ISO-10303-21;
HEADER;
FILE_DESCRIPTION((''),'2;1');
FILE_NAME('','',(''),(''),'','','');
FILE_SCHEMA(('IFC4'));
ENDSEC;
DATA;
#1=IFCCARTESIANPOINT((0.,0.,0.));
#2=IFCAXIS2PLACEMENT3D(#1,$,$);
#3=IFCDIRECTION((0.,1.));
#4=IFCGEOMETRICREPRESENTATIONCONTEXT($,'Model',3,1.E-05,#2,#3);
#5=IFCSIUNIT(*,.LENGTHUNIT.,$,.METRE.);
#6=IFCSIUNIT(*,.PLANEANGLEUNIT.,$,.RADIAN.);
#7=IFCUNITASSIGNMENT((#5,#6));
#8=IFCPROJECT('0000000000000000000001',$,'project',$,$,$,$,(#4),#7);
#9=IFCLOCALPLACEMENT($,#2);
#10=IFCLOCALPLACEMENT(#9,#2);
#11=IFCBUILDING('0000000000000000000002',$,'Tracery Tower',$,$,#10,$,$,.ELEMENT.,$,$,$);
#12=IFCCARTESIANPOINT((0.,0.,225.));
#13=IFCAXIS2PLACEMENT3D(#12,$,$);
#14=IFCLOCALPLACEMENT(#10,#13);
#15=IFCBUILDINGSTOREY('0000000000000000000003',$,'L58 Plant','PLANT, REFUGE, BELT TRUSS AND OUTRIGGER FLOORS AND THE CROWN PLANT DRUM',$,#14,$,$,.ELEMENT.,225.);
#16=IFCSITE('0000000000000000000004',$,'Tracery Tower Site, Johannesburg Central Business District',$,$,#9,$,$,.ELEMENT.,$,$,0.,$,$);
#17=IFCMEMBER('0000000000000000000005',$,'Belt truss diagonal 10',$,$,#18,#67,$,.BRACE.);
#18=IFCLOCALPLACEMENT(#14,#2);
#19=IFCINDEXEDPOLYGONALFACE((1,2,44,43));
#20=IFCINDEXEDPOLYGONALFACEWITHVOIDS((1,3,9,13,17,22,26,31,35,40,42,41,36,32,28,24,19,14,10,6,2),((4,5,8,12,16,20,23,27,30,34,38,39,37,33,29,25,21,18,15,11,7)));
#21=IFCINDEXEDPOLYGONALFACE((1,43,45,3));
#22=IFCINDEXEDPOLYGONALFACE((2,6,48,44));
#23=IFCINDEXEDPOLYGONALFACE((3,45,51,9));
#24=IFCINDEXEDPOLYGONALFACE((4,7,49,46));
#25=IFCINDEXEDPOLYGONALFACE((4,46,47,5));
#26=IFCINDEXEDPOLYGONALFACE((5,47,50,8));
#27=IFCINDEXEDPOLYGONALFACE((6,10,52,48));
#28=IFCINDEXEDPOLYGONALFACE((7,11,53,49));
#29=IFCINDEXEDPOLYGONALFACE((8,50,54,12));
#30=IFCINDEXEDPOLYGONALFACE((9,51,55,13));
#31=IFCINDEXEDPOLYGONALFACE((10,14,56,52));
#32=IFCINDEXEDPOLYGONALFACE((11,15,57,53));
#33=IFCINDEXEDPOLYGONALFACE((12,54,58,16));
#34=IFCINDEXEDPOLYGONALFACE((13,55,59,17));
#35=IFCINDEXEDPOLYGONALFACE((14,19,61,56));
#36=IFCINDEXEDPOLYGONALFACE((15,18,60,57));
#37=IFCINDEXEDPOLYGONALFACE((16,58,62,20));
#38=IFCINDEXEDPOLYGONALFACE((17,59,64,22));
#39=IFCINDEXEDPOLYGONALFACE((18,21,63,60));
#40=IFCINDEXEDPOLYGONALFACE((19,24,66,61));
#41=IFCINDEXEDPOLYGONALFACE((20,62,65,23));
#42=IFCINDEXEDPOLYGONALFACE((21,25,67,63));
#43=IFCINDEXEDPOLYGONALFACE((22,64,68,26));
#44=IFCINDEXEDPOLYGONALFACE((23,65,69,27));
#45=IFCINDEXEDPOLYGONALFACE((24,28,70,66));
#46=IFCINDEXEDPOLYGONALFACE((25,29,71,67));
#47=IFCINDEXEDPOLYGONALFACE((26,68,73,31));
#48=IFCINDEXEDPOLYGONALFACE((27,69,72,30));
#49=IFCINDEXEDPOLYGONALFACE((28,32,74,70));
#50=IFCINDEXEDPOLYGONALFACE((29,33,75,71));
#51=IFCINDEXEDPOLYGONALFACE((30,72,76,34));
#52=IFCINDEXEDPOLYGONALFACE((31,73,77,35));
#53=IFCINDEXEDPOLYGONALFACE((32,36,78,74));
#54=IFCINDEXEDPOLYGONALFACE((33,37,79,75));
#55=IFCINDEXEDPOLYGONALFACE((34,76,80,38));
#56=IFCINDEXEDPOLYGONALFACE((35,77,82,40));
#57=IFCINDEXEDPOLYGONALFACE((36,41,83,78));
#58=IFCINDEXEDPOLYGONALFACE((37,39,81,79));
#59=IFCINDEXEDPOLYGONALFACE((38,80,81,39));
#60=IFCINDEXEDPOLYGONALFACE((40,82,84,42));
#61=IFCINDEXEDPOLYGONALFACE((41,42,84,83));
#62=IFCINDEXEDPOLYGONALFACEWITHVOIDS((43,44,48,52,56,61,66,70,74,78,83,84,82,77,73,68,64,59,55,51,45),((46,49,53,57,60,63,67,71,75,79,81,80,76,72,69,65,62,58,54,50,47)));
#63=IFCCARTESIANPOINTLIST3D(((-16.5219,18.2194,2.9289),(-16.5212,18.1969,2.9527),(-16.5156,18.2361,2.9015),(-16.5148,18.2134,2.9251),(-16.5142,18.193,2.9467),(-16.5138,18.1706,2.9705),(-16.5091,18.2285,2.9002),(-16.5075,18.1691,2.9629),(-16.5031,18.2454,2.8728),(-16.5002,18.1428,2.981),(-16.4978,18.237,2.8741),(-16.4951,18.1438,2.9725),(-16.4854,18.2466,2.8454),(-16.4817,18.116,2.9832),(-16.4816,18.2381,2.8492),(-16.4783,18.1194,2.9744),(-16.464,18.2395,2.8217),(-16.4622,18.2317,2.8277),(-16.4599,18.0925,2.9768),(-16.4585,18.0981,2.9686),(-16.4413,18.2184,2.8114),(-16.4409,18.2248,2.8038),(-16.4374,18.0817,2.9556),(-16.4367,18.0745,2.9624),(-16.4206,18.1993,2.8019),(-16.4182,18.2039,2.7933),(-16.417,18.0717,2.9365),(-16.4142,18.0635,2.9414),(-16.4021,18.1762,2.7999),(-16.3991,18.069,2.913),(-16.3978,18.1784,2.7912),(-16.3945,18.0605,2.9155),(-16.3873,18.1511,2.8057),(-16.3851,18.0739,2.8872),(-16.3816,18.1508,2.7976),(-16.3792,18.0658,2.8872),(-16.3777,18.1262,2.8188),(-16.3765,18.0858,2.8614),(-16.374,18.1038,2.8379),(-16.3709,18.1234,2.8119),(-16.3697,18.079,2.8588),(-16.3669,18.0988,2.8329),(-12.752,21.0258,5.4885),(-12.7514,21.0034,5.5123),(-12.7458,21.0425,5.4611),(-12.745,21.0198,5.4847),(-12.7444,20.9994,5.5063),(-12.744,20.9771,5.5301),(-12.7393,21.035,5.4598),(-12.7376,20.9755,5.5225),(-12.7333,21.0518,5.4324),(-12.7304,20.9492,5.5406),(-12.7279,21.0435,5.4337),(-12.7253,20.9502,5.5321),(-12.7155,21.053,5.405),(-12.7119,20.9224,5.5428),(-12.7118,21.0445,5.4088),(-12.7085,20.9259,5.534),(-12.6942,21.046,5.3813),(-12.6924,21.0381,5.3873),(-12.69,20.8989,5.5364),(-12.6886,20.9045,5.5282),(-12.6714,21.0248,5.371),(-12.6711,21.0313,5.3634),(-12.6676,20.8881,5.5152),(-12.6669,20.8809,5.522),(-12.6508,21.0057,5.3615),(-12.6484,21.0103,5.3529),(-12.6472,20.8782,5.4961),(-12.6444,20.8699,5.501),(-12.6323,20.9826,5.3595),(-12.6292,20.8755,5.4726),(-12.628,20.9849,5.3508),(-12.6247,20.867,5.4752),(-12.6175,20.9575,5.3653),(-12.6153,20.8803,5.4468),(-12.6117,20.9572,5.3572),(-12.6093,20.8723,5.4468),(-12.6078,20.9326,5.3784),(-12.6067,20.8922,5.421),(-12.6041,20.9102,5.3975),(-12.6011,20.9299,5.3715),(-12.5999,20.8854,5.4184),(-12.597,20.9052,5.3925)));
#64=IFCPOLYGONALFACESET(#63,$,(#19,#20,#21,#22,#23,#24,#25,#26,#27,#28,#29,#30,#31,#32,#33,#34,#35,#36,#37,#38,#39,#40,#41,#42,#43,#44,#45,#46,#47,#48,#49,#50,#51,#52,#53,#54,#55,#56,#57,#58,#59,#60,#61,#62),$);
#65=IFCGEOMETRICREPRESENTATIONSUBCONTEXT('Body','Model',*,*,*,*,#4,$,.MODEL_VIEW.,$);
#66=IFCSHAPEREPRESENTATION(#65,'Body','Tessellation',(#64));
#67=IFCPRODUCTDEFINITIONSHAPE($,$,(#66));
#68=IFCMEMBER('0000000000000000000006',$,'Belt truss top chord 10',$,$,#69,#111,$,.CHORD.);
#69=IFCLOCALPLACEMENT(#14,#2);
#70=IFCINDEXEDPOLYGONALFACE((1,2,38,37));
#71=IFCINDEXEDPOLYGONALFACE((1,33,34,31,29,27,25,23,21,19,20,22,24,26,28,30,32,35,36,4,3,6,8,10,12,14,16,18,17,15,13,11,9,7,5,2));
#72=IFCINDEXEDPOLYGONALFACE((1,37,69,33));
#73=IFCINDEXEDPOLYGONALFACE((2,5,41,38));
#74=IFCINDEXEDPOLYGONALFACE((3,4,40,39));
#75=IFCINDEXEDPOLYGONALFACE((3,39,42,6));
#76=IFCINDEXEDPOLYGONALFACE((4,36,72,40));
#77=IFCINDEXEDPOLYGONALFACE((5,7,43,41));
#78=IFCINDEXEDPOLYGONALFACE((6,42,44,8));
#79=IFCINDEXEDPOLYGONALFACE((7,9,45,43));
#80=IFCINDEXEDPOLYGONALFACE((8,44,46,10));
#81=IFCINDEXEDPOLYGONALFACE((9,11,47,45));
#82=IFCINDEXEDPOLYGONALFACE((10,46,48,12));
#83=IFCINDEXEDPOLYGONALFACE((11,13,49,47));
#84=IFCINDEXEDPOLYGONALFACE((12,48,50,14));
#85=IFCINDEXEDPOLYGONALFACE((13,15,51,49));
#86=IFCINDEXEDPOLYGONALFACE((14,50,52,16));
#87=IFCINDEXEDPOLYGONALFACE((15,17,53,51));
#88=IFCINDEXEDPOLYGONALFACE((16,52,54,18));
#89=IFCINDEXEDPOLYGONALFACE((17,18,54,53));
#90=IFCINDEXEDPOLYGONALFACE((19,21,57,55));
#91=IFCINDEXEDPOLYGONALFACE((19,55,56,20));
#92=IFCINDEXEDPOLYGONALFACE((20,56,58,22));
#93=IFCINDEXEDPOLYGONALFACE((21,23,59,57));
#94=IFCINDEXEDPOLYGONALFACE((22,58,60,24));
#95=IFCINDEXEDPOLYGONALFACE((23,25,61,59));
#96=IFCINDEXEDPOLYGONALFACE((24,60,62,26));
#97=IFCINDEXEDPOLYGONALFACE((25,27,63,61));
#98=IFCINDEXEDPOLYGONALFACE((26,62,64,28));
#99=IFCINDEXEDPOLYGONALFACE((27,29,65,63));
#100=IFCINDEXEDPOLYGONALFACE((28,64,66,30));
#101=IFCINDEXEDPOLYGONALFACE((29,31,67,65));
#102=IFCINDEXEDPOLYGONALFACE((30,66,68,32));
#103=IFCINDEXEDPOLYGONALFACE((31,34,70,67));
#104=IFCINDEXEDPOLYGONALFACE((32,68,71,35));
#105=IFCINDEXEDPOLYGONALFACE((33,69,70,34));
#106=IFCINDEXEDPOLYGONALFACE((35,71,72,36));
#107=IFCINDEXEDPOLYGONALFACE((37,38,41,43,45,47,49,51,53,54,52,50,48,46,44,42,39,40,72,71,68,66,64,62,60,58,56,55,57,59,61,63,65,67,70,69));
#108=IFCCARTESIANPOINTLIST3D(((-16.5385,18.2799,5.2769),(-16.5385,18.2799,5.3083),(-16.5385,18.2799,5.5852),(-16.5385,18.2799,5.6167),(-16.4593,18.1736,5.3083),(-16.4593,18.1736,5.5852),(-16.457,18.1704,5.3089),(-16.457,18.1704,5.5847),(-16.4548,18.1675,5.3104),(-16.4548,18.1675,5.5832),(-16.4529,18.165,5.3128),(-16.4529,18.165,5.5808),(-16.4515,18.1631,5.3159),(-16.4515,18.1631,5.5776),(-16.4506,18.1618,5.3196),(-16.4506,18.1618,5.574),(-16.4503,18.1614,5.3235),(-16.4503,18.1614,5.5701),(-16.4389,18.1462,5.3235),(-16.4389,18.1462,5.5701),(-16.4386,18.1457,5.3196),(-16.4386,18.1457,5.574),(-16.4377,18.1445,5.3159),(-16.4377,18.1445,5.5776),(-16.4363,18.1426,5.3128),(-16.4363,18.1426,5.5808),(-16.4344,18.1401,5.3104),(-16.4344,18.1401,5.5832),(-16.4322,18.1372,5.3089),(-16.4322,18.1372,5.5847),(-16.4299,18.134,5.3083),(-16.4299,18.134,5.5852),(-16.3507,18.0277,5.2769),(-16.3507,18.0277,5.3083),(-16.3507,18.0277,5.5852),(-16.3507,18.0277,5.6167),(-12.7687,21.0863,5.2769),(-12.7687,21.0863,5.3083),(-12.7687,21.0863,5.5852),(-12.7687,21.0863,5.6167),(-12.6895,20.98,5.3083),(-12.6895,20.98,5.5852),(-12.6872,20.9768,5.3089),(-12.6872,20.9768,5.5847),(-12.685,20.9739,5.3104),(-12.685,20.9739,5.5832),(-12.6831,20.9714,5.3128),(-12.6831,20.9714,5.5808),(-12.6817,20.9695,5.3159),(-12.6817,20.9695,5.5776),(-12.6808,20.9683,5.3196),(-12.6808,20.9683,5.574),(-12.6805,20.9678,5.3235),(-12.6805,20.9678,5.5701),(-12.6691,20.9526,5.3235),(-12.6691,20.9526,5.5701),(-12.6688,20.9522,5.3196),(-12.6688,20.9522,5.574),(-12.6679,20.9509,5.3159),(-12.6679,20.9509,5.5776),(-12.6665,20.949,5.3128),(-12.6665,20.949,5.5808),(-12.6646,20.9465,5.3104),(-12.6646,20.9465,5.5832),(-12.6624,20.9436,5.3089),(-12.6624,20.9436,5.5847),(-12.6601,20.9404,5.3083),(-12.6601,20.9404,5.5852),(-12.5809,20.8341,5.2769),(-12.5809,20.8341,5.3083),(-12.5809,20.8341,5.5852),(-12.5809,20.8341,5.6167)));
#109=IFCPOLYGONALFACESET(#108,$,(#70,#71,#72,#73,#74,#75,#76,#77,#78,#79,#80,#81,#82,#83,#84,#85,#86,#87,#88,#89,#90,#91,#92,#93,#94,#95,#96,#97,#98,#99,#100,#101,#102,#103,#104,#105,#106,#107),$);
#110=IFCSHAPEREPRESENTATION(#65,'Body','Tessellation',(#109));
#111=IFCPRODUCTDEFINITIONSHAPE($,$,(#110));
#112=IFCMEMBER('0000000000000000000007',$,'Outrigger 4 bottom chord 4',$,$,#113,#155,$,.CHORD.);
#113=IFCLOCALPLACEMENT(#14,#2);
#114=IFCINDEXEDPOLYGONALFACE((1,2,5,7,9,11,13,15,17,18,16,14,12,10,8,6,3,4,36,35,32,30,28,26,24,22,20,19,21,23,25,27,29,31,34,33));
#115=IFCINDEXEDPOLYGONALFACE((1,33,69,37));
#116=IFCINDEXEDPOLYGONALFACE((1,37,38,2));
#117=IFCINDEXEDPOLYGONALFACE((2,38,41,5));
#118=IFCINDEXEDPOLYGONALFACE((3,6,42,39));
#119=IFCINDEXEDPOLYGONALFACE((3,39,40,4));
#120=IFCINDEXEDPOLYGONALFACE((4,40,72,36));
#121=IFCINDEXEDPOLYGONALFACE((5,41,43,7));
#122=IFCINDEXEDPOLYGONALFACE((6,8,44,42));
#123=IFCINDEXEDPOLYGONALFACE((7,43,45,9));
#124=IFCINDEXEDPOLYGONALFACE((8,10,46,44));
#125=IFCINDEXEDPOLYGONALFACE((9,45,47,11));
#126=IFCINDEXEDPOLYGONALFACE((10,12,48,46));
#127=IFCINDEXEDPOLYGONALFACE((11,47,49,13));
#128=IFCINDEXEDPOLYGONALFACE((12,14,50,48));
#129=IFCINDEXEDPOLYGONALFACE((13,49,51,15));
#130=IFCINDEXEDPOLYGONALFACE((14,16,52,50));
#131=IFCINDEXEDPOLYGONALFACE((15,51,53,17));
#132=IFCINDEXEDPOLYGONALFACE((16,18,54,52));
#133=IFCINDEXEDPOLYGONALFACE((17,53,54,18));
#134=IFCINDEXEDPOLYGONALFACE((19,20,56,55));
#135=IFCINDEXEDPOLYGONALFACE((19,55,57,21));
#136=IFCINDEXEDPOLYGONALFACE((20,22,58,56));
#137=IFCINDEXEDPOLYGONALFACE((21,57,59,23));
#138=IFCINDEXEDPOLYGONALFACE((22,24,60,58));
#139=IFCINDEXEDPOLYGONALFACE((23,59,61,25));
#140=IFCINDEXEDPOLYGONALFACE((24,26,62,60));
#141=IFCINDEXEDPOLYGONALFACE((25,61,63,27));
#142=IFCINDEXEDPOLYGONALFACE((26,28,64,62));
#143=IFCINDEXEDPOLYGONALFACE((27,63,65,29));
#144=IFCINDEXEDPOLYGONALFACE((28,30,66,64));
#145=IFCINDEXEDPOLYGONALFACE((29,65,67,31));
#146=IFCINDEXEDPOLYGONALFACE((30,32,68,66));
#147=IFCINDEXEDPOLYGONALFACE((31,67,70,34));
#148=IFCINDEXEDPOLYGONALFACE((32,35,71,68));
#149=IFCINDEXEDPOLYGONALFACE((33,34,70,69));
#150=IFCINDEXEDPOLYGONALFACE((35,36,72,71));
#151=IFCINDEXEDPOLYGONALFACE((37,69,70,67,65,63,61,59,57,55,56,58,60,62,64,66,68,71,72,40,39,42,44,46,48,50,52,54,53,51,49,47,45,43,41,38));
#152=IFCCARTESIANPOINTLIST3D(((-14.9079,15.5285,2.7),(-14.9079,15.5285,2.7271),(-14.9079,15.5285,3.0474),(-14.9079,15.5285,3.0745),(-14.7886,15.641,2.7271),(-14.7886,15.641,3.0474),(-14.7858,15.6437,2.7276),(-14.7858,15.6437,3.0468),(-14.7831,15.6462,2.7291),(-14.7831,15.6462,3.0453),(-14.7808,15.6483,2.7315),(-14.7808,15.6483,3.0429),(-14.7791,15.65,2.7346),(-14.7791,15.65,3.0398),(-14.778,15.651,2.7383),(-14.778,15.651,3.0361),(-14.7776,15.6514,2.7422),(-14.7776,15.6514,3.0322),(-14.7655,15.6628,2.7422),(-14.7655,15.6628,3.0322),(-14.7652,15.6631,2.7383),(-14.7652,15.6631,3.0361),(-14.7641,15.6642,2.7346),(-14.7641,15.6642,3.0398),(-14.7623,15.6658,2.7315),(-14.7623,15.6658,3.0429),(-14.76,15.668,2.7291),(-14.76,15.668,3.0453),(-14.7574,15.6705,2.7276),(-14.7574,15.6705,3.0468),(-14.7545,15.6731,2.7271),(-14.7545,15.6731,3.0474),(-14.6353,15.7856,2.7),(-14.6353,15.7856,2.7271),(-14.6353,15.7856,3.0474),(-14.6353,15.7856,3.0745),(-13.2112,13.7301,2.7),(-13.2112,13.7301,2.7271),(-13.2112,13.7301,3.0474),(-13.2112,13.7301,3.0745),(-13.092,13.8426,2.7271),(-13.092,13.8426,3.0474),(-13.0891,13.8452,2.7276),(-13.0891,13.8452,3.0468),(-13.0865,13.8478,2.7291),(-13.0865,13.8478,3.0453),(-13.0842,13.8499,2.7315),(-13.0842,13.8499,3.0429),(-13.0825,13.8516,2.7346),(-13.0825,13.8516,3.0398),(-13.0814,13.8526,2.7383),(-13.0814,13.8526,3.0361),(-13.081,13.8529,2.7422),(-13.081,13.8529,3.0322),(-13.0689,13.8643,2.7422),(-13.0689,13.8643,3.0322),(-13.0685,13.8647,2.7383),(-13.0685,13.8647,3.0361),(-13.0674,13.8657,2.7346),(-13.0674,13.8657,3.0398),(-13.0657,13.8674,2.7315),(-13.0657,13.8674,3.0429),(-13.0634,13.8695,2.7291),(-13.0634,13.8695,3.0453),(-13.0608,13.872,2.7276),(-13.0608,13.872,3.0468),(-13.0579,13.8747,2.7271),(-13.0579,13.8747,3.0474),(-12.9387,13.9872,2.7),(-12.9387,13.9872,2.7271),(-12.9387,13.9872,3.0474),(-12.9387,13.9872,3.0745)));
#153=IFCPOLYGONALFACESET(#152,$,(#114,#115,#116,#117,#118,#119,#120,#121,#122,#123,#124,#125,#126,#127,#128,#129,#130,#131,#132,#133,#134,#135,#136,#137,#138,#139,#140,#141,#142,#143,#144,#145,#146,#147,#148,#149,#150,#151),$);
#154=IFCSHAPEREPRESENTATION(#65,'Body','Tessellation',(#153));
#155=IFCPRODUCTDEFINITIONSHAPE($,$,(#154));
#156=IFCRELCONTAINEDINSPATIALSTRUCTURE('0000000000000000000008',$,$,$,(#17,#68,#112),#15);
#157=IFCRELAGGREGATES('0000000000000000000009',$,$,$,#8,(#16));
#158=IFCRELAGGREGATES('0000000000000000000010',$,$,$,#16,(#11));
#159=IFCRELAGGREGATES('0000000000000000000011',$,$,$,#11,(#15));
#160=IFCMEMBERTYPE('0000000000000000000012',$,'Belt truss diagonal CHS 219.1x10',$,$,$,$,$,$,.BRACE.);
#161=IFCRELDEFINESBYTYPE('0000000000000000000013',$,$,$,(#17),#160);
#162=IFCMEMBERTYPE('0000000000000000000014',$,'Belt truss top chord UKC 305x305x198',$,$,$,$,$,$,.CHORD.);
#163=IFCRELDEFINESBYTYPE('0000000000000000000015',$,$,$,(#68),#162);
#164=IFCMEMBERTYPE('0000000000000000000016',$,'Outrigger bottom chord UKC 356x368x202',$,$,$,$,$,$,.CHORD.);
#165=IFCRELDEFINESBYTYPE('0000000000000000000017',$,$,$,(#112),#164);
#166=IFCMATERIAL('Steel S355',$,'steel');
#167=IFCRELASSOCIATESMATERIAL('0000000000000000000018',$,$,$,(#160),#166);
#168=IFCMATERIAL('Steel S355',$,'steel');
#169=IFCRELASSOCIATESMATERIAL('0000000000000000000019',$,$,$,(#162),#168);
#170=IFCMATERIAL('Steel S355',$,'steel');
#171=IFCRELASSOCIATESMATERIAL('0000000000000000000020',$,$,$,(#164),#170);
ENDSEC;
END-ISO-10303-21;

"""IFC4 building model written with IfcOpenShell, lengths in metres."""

from ifc_helpers import new_model, si_unit, direction, frame, origin, origin_2d, place, context, subcontext, project, spatial, hollow_circle, i_section, extrude, material, material_profile, profile_set, type_object, element, save


model = new_model("IFC4")

# Units and contexts
model_context = context("Model", 3, precision=1e-05, world=origin(), true_north=direction((0.0, 1.0)))
body_context = subcontext(model_context, "Body", "Model", "MODEL_VIEW")
ifc_project = project(units=[si_unit("LENGTHUNIT", "METRE"), si_unit("PLANEANGLEUNIT", "RADIAN")], contexts=[model_context])

# Site, building, storey
site_placement = place(None, origin())
site = spatial("IfcSite", under=ifc_project, at=site_placement, Name="Tracery Tower Site, Johannesburg Central Business District", CompositionType="ELEMENT", RefElevation=0.0)
building_placement = place(site_placement, origin())
building = spatial("IfcBuilding", under=site, at=building_placement, Name="Tracery Tower", CompositionType="ELEMENT")
storey_placement = place(building_placement, frame((0.0, 0.0, 225.0)))
storey = spatial("IfcBuildingStorey", under=building, at=storey_placement, Name="L58 Plant", Description="PLANT, REFUGE, BELT TRUSS AND OUTRIGGER FLOORS AND THE CROWN PLANT DRUM", CompositionType="ELEMENT", Elevation=225.0)

# Members
ifc_material_1 = material(Name="Steel S355", Category="steel")
ifc_material_profile_1 = material_profile(ifc_material_1, hollow_circle(Radius=0.1096, WallThickness=0.01, at=origin_2d()), Name="CHS 219.1x10")
ifc_profile_set_1 = profile_set([ifc_material_profile_1], Name="Steel S355")
member_type_1 = type_object("IfcMemberType", Name="Belt truss diagonal CHS 219.1x10", PredefinedType="BRACE", material=ifc_profile_set_1)
member_1_placement = place(storey_placement, frame((-12.6748, 20.9602, 5.4468), z_axis=(-0.704434, -0.524414, -0.478291), x_axis=(0.597145, -0.802133, 0.0)))
element("IfcMember", 1, at=member_1_placement, inside=storey, type_object=member_type_1, Name="Belt truss diagonal 10", PredefinedType="BRACE", context=body_context, shape_type="SweptSolid", body=[
    extrude(hollow_circle(Radius=0.1096, WallThickness=0.01, at=origin_2d()), origin(), (0.0, 0.0, 1.0), 5.3516),
])
ifc_material_2 = material(Name="Steel S355", Category="steel")
ifc_material_profile_2 = material_profile(ifc_material_2, i_section(OverallWidth=0.3145, OverallDepth=0.3398, WebThickness=0.019, FlangeThickness=0.0315, FilletRadius=0.0151, at=origin_2d()), Name="UKC 305x305x198")
ifc_profile_set_2 = profile_set([ifc_material_profile_2], Name="Steel S355")
member_type_2 = type_object("IfcMemberType", Name="Belt truss top chord UKC 305x305x198", PredefinedType="CHORD", material=ifc_profile_set_2)
member_2_placement = place(storey_placement, frame((-12.6748, 20.9602, 5.4468), z_axis=(-0.802133, -0.597145, 0.0), x_axis=(0.597145, -0.802133, 0.0)))
element("IfcMember", 2, at=member_2_placement, inside=storey, type_object=member_type_2, Name="Belt truss top chord 10", PredefinedType="CHORD", context=body_context, shape_type="SweptSolid", body=[
    extrude(i_section(OverallWidth=0.3145, OverallDepth=0.3398, WebThickness=0.019, FlangeThickness=0.0315, FilletRadius=0.0151, at=origin_2d()), origin(), (0.0, 0.0, 1.0), 4.6997),
])
ifc_material_3 = material(Name="Steel S355", Category="steel")
ifc_material_profile_3 = material_profile(ifc_material_3, i_section(OverallWidth=0.3748, OverallDepth=0.3745, WebThickness=0.0166, FlangeThickness=0.0271, FilletRadius=0.0151, at=origin_2d()), Name="UKC 356x368x202")
ifc_profile_set_3 = profile_set([ifc_material_profile_3], Name="Steel S355")
member_type_3 = type_object("IfcMemberType", Name="Outrigger bottom chord UKC 356x368x202", PredefinedType="CHORD", material=ifc_profile_set_3)
member_3_placement = place(storey_placement, frame((-13.075, 13.8586, 2.8872), z_axis=(-0.686217, 0.727396, 0.0), x_axis=(-0.727396, -0.686217, 0.0)))
element("IfcMember", 3, at=member_3_placement, inside=storey, type_object=member_type_3, Name="Outrigger 4 bottom chord 4", PredefinedType="CHORD", context=body_context, shape_type="SweptSolid", body=[
    extrude(i_section(OverallWidth=0.3748, OverallDepth=0.3745, WebThickness=0.0166, FlangeThickness=0.0271, FilletRadius=0.0151, at=origin_2d()), origin(), (0.0, 0.0, 1.0), 2.4724),
])

save(model, "model.ifc")
